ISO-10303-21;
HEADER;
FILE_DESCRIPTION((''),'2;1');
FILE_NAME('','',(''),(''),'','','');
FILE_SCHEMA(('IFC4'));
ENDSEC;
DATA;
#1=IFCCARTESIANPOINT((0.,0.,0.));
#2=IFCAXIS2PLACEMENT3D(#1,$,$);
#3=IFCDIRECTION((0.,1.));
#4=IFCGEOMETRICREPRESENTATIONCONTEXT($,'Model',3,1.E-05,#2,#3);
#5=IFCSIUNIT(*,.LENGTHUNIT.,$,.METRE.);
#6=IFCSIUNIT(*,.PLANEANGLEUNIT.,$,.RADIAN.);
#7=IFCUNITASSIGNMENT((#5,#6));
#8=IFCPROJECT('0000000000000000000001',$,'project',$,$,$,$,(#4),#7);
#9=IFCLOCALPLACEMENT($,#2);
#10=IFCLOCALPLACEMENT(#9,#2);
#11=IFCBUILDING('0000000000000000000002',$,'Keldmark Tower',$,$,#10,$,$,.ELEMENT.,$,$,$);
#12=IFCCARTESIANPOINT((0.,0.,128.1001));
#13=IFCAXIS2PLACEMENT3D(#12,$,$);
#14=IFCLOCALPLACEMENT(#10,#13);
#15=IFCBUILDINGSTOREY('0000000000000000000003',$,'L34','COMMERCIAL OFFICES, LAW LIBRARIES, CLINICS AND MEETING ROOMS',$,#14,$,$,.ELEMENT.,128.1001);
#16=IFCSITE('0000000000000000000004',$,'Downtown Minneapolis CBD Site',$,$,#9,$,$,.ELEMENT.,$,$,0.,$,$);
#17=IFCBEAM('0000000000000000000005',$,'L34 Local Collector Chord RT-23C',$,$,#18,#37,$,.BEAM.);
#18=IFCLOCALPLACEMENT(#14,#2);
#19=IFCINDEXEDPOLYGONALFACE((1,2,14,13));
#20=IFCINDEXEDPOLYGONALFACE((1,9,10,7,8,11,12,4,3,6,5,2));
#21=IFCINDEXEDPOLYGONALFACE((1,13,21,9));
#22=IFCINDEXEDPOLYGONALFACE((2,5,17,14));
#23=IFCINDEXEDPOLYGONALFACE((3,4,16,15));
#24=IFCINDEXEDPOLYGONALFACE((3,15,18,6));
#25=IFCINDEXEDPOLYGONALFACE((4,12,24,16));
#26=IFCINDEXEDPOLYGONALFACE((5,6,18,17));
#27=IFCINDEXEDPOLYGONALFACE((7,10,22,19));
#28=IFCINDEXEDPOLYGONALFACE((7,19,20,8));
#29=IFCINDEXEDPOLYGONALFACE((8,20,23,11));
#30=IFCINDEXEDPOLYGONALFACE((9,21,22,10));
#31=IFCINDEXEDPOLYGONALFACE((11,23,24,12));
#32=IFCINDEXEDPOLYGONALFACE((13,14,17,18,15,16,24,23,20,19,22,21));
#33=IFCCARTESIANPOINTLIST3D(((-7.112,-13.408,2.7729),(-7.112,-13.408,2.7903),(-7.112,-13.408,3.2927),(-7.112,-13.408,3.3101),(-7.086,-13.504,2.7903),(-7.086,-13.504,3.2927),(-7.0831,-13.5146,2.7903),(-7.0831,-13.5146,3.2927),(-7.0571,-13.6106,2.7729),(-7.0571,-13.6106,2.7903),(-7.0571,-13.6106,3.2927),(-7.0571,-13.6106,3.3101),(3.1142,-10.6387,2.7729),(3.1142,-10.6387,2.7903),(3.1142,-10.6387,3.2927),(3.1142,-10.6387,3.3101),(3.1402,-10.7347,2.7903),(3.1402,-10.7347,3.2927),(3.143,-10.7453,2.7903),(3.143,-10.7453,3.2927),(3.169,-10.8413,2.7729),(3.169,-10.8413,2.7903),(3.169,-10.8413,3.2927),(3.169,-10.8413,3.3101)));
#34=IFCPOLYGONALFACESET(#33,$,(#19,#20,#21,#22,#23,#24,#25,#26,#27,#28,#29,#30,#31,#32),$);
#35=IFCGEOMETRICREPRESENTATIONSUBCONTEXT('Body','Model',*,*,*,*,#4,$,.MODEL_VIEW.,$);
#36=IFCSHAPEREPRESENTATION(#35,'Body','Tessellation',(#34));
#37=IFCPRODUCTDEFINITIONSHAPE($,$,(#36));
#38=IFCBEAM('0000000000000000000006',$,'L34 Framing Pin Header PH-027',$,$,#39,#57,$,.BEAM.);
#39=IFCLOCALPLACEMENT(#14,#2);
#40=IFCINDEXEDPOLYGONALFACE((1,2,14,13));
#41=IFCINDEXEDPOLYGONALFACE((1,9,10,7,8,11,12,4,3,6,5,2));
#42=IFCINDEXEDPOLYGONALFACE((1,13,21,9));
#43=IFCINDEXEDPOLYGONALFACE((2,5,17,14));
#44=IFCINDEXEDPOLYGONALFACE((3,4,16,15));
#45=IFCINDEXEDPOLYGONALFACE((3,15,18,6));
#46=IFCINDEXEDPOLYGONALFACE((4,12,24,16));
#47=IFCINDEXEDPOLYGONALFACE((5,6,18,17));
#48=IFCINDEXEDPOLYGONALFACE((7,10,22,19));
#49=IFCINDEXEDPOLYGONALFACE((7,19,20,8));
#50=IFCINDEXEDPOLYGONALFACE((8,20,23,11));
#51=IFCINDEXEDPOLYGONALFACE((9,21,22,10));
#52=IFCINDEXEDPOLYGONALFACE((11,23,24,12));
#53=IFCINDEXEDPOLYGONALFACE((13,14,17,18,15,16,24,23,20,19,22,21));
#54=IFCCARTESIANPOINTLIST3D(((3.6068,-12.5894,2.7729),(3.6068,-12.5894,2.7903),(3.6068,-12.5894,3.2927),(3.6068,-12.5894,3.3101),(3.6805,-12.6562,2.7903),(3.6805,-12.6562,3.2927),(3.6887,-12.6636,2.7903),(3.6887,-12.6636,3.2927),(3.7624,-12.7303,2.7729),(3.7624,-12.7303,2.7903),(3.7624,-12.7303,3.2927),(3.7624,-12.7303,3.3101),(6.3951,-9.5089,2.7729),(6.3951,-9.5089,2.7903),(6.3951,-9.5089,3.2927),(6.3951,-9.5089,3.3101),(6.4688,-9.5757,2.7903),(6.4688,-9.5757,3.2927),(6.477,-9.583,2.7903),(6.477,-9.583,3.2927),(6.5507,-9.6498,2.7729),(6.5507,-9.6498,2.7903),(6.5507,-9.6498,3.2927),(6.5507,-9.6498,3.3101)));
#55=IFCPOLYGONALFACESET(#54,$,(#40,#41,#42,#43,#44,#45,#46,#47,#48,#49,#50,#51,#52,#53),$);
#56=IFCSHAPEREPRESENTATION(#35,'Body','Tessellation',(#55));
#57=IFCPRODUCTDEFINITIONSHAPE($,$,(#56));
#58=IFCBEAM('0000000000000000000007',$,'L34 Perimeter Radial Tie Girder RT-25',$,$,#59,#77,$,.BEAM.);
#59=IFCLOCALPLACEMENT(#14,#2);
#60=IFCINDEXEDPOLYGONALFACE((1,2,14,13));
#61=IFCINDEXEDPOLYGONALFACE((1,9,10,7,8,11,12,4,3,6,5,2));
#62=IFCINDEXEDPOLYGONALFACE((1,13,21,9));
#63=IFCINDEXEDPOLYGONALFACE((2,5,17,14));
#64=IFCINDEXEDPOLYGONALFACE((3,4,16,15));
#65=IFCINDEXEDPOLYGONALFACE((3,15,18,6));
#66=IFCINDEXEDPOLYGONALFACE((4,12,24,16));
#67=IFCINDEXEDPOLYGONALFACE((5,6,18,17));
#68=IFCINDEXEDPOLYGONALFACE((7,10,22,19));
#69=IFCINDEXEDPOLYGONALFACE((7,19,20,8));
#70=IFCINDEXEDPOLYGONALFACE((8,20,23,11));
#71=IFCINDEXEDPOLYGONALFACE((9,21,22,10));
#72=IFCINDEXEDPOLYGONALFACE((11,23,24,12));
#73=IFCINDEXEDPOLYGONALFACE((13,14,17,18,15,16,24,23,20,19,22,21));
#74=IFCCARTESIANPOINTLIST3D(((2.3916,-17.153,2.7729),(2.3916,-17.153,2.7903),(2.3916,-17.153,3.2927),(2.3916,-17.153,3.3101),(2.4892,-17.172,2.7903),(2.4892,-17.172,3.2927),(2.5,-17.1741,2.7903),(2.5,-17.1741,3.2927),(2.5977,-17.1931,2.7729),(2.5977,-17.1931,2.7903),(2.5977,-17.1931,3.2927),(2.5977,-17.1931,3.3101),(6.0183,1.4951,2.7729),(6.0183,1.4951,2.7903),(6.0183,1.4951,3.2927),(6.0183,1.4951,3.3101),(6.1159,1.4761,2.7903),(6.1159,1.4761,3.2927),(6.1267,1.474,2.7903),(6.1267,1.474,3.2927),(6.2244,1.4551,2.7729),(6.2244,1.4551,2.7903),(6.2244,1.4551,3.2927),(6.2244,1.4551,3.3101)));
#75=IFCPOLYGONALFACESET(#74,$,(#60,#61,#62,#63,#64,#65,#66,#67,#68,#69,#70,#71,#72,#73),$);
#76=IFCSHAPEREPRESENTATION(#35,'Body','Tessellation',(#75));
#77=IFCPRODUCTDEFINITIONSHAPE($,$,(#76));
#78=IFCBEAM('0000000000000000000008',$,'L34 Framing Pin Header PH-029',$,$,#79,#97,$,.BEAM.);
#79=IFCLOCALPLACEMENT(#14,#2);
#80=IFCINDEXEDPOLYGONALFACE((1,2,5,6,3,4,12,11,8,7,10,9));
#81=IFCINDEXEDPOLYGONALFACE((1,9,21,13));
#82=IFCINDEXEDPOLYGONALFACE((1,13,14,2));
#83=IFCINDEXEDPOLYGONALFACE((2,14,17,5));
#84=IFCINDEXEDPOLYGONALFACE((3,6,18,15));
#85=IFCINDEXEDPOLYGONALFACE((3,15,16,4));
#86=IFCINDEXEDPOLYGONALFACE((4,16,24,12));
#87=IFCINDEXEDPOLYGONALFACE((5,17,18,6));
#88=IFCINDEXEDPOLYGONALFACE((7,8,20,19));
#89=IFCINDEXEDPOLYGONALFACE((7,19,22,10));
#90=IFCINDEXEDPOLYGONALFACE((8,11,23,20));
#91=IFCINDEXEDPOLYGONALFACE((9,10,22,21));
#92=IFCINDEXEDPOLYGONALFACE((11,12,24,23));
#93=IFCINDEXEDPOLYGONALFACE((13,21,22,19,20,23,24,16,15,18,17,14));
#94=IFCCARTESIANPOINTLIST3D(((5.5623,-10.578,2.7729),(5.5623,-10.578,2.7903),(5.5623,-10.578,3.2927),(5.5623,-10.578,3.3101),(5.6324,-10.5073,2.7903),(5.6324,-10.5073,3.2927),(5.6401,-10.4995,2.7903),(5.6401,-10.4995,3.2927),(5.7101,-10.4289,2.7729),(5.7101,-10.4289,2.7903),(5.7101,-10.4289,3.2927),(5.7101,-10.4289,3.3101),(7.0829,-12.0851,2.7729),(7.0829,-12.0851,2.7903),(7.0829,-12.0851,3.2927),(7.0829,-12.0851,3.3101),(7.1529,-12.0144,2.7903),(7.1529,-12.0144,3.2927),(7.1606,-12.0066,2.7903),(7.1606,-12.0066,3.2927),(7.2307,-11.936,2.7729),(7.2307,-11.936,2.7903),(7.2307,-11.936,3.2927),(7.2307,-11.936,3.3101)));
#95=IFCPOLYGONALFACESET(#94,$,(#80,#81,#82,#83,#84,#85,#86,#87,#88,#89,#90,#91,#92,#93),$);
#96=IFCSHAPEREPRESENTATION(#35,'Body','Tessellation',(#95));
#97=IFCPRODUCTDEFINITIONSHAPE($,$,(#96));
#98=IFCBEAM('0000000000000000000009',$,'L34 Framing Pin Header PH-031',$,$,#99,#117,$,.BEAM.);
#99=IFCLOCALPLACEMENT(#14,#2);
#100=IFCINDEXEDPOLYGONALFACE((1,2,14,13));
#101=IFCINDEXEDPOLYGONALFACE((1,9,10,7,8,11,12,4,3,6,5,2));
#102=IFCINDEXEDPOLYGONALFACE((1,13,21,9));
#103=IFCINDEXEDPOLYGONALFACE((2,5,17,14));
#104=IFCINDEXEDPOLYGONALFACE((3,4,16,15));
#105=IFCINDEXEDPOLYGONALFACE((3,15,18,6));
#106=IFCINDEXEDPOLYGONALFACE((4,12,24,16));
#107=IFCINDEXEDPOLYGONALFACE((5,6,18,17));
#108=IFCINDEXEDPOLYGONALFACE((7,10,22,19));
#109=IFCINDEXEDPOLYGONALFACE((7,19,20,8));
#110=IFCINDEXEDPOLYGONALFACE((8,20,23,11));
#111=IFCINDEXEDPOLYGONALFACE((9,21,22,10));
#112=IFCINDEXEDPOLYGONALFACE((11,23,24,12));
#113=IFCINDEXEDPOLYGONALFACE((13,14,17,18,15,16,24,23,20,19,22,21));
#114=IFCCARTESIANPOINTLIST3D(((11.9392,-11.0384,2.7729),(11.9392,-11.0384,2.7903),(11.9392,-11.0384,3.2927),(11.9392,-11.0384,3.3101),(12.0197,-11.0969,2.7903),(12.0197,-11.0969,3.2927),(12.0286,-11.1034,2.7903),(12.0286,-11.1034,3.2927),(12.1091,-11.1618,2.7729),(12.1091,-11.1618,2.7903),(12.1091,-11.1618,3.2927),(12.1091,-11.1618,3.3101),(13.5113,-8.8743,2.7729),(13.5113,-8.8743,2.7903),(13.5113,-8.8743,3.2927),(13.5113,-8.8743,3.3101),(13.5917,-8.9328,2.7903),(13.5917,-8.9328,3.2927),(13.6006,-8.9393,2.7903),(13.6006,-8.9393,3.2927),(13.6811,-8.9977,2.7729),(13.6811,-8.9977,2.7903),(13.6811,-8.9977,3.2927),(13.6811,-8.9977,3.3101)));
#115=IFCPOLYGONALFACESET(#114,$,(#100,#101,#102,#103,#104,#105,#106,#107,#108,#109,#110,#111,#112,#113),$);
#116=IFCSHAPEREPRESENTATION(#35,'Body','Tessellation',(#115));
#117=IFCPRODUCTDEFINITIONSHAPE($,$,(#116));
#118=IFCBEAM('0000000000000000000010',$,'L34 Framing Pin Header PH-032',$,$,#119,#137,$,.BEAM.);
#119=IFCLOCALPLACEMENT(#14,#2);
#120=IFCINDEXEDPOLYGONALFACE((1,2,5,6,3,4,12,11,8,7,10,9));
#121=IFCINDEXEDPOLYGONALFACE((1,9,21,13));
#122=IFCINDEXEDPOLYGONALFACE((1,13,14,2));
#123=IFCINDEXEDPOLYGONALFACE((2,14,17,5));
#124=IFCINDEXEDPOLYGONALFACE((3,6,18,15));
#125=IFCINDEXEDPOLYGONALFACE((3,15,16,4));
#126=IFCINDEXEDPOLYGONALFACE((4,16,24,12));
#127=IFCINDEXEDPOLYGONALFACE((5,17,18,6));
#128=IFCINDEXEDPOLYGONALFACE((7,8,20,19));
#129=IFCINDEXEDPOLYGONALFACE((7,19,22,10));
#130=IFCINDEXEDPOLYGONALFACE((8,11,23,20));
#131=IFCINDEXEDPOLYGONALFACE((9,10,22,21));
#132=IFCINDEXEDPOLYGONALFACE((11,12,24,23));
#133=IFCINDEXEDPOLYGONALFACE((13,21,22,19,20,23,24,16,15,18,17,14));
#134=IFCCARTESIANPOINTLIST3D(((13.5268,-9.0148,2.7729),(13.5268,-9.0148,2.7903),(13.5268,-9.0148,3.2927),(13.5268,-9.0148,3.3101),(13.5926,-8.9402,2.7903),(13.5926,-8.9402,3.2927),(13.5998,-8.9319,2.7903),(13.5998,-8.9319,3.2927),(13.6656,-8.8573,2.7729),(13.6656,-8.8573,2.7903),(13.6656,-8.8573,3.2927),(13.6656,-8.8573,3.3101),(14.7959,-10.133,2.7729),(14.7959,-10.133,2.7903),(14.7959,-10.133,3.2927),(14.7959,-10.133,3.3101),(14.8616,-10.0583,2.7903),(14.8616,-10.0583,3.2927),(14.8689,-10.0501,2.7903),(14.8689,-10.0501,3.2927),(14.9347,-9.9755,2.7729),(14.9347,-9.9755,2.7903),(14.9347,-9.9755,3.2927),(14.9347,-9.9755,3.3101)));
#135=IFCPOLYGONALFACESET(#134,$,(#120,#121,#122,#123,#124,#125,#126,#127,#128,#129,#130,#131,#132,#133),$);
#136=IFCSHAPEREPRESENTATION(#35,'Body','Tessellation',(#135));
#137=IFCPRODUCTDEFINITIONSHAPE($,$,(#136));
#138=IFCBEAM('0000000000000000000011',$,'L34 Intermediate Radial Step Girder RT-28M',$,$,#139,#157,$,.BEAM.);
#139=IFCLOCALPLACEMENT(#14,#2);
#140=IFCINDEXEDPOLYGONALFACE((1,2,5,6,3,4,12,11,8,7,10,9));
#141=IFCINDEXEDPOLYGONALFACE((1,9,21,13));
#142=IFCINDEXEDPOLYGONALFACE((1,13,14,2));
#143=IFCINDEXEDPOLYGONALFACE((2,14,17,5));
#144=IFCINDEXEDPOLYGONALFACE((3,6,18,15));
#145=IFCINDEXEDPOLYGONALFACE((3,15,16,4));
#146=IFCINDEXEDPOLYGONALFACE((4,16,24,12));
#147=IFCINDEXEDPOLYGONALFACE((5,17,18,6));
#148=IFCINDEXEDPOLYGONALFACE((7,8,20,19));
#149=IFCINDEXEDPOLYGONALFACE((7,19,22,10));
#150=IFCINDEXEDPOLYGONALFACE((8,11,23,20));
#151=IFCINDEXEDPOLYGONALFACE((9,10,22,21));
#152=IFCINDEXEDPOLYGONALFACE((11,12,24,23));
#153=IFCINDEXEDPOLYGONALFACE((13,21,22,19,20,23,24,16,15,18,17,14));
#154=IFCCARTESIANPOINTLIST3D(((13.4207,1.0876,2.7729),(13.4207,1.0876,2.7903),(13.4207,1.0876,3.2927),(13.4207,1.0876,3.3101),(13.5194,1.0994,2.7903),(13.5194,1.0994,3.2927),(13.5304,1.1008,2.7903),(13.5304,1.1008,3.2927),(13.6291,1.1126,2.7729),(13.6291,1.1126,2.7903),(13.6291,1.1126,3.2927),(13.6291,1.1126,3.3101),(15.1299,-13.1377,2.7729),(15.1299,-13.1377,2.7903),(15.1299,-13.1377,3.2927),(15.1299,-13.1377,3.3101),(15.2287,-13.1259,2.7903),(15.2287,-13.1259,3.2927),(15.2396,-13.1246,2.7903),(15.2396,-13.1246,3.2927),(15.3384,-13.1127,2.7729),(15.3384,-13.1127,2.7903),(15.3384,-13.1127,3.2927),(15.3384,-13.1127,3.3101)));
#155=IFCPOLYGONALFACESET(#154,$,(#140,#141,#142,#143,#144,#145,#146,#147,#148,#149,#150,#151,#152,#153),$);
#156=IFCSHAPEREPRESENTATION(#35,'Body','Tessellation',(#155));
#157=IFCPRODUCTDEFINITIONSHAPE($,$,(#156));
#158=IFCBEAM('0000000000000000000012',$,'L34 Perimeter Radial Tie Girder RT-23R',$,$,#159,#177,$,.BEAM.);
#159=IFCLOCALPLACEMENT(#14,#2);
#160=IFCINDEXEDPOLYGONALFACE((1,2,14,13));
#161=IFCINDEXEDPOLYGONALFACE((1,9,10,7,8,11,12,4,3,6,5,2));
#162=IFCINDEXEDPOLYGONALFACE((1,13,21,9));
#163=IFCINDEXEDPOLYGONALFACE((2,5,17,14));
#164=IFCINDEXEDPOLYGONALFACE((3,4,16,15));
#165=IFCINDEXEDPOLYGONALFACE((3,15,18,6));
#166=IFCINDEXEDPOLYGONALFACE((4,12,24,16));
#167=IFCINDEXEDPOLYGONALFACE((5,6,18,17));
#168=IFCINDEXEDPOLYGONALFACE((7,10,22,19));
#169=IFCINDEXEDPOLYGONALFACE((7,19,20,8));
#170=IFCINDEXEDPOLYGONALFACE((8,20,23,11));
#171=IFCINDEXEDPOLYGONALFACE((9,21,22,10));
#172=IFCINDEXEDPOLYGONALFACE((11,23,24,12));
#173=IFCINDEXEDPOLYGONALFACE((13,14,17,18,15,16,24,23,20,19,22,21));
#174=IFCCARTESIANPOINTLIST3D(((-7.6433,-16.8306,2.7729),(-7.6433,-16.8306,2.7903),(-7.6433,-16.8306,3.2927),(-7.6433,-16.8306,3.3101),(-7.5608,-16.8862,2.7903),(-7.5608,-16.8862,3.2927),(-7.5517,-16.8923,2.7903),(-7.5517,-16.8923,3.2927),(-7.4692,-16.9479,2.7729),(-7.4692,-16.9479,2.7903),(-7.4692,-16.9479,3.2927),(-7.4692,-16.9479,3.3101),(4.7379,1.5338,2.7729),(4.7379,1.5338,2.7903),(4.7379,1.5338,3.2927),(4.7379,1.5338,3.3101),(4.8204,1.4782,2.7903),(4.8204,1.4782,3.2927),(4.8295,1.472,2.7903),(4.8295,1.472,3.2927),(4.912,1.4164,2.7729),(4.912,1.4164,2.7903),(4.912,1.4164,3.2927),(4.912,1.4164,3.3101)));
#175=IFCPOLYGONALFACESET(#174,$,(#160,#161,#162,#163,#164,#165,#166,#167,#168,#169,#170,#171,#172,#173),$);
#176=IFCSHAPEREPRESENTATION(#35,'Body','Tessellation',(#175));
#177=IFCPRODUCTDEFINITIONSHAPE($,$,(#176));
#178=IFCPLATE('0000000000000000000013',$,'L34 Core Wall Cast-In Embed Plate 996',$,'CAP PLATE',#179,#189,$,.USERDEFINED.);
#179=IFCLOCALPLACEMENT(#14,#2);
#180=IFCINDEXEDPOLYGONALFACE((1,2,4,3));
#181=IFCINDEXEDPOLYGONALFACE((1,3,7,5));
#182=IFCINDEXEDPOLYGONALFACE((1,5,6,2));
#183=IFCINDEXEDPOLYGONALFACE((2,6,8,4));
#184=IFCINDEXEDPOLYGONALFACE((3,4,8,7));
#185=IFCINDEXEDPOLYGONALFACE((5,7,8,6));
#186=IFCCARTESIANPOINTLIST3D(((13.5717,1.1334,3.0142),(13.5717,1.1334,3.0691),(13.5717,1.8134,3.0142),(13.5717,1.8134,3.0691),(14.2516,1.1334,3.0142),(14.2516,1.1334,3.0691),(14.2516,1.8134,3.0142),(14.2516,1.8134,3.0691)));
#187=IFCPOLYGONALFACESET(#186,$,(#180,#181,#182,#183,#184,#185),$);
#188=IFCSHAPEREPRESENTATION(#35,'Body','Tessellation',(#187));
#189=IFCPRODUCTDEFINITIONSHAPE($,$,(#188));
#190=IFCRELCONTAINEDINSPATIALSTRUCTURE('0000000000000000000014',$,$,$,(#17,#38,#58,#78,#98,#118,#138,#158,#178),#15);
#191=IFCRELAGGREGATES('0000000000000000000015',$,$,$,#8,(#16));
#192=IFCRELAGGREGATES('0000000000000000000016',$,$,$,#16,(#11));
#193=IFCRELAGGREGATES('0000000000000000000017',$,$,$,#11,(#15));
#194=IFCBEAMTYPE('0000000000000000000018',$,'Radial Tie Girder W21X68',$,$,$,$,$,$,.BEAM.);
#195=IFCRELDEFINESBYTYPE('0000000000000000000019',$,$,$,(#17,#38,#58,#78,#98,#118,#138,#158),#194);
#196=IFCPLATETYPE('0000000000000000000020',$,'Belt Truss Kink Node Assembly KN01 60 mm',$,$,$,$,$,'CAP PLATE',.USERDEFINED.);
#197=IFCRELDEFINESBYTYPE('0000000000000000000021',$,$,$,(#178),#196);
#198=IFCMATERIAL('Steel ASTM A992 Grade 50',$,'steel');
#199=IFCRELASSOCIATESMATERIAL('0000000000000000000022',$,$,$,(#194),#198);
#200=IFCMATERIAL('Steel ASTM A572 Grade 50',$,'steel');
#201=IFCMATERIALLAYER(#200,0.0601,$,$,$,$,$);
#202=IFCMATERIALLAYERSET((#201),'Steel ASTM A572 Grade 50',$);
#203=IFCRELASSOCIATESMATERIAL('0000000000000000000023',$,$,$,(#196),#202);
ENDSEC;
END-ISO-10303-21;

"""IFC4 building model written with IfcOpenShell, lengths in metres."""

from ifc_helpers import new_model, si_unit, direction, frame, origin, origin_2d, place, context, subcontext, project, spatial, rectangle, i_section, extrude, material, layer, layer_set, material_profile, profile_set, type_object, element, save


model = new_model("IFC4")

# Units and contexts
model_context = context("Model", 3, precision=1e-05, world=origin(), true_north=direction((0.0, 1.0)))
body_context = subcontext(model_context, "Body", "Model", "MODEL_VIEW")
ifc_project = project(units=[si_unit("LENGTHUNIT", "METRE"), si_unit("PLANEANGLEUNIT", "RADIAN")], contexts=[model_context])

# Site, building, storey
site_placement = place(None, origin())
site = spatial("IfcSite", under=ifc_project, at=site_placement, Name="Downtown Minneapolis CBD Site", CompositionType="ELEMENT", RefElevation=0.0)
building_placement = place(site_placement, origin())
building = spatial("IfcBuilding", under=site, at=building_placement, Name="Keldmark Tower", CompositionType="ELEMENT")
storey_placement = place(building_placement, frame((0.0, 0.0, 128.1001)))
storey = spatial("IfcBuildingStorey", under=building, at=storey_placement, Name="L34", Description="COMMERCIAL OFFICES, LAW LIBRARIES, CLINICS AND MEETING ROOMS", CompositionType="ELEMENT", Elevation=128.1001)

# Beams
ifc_material_1 = material(Name="Steel ASTM A992 Grade 50", Category="steel")
ifc_material_profile_1 = material_profile(ifc_material_1, i_section(OverallWidth=0.21, OverallDepth=0.5371, WebThickness=0.011, FlangeThickness=0.0173, at=origin_2d()), Name="W21X68")
ifc_profile_set_1 = profile_set([ifc_material_profile_1], Name="Steel ASTM A992 Grade 50")
beam_type_1 = type_object("IfcBeamType", Name="Radial Tie Girder W21X68", PredefinedType="BEAM", material=ifc_profile_set_1)
beam_1_placement = place(storey_placement, frame((3.1416, -10.74, 3.0415), z_axis=(-0.965233, -0.261391, 0.0), x_axis=(0.261391, -0.965233, 0.0)))
element("IfcBeam", 1, at=beam_1_placement, inside=storey, type_object=beam_type_1, Name="L34 Local Collector Chord RT-23C", PredefinedType="BEAM", context=body_context, shape_type="SweptSolid", body=[
    extrude(i_section(OverallWidth=0.21, OverallDepth=0.5371, WebThickness=0.011, FlangeThickness=0.0173, at=origin_2d()), origin(), (0.0, 0.0, 1.0), 10.5945),
])
beam_2_placement = place(storey_placement, frame((6.4729, -9.5793, 3.0415), z_axis=(-0.671066, -0.741398, 0.0), x_axis=(0.741398, -0.671066, 0.0)))
element("IfcBeam", 2, at=beam_2_placement, inside=storey, type_object=beam_type_1, Name="L34 Framing Pin Header PH-027", PredefinedType="BEAM", context=body_context, shape_type="SweptSolid", body=[
    extrude(i_section(OverallWidth=0.21, OverallDepth=0.5371, WebThickness=0.011, FlangeThickness=0.0173, at=origin_2d()), origin(), (0.0, 0.0, 1.0), 4.155),
])
beam_3_placement = place(storey_placement, frame((6.1213, 1.4751, 3.0415), z_axis=(-0.190904, -0.981609, 0.0), x_axis=(0.981609, -0.190904, 0.0)))
element("IfcBeam", 3, at=beam_3_placement, inside=storey, type_object=beam_type_1, Name="L34 Perimeter Radial Tie Girder RT-25", PredefinedType="BEAM", context=body_context, shape_type="SweptSolid", body=[
    extrude(i_section(OverallWidth=0.21, OverallDepth=0.5371, WebThickness=0.011, FlangeThickness=0.0173, at=origin_2d()), origin(), (0.0, 0.0, 1.0), 18.9976),
])
beam_4_placement = place(storey_placement, frame((5.6362, -10.5034, 3.0415), z_axis=(0.710236, -0.703964, 0.0), x_axis=(0.703964, 0.710236, 0.0)))
element("IfcBeam", 4, at=beam_4_placement, inside=storey, type_object=beam_type_1, Name="L34 Framing Pin Header PH-029", PredefinedType="BEAM", context=body_context, shape_type="SweptSolid", body=[
    extrude(i_section(OverallWidth=0.21, OverallDepth=0.5371, WebThickness=0.011, FlangeThickness=0.0173, at=origin_2d()), origin(), (0.0, 0.0, 1.0), 2.1409),
])
beam_5_placement = place(storey_placement, frame((13.5962, -8.936, 3.0415), z_axis=(-0.587721, -0.809064, 0.0), x_axis=(0.809064, -0.587721, 0.0)))
element("IfcBeam", 5, at=beam_5_placement, inside=storey, type_object=beam_type_1, Name="L34 Framing Pin Header PH-031", PredefinedType="BEAM", context=body_context, shape_type="SweptSolid", body=[
    extrude(i_section(OverallWidth=0.21, OverallDepth=0.5371, WebThickness=0.011, FlangeThickness=0.0173, at=origin_2d()), origin(), (0.0, 0.0, 1.0), 2.6748),
])
beam_6_placement = place(storey_placement, frame((13.5962, -8.936, 3.0415), z_axis=(0.750301, -0.661096, 0.0), x_axis=(0.661096, 0.750301, 0.0)))
element("IfcBeam", 6, at=beam_6_placement, inside=storey, type_object=beam_type_1, Name="L34 Framing Pin Header PH-032", PredefinedType="BEAM", context=body_context, shape_type="SweptSolid", body=[
    extrude(i_section(OverallWidth=0.21, OverallDepth=0.5371, WebThickness=0.011, FlangeThickness=0.0173, at=origin_2d()), origin(), (0.0, 0.0, 1.0), 1.6914),
])
beam_7_placement = place(storey_placement, frame((13.5249, 1.1001, 3.0415), z_axis=(0.119296, -0.992859, 0.0), x_axis=(0.992859, 0.119296, 0.0)))
element("IfcBeam", 7, at=beam_7_placement, inside=storey, type_object=beam_type_1, Name="L34 Intermediate Radial Step Girder RT-28M", PredefinedType="BEAM", context=body_context, shape_type="SweptSolid", body=[
    extrude(i_section(OverallWidth=0.21, OverallDepth=0.5371, WebThickness=0.011, FlangeThickness=0.0173, at=origin_2d()), origin(), (0.0, 0.0, 1.0), 14.3276),
])
beam_8_placement = place(storey_placement, frame((4.825, 1.4751, 3.0415), z_axis=(-0.559015, -0.829158, 0.0), x_axis=(0.829158, -0.559015, 0.0)))
element("IfcBeam", 8, at=beam_8_placement, inside=storey, type_object=beam_type_1, Name="L34 Perimeter Radial Tie Girder RT-23R", PredefinedType="BEAM", context=body_context, shape_type="SweptSolid", body=[
    extrude(i_section(OverallWidth=0.21, OverallDepth=0.5371, WebThickness=0.011, FlangeThickness=0.0173, at=origin_2d()), origin(), (0.0, 0.0, 1.0), 22.1482),
])

# Plate
ifc_material_2 = material(Name="Steel ASTM A572 Grade 50", Category="steel")
ifc_layer_1 = layer(ifc_material_2, 0.0601)
ifc_layer_set_1 = layer_set([ifc_layer_1], Name="Steel ASTM A572 Grade 50")
plate_type = type_object("IfcPlateType", Name="Belt Truss Kink Node Assembly KN01 60 mm", ElementType="CAP PLATE", PredefinedType="USERDEFINED", material=ifc_layer_set_1)
for number, where, z_axis, x_axis, name in (
    (9, (13.9116, 1.4734, 3.0142), (0.0, 0.0, 1.0), (1.0, 0.0, 0.0), "L34 Core Wall Cast-In Embed Plate 996"),
):
    element("IfcPlate", number, at=place(storey_placement, frame(where, z_axis=z_axis, x_axis=x_axis)), inside=storey, type_object=plate_type, Name=name, ObjectType="CAP PLATE", PredefinedType="USERDEFINED", context=body_context, shape_type="SweptSolid", body=[
        extrude(rectangle(XDim=0.6799, YDim=0.6799, at=origin_2d()), origin(), (0.0, 0.0, 1.0), 0.0549),
    ])

save(model, "model.ifc")
